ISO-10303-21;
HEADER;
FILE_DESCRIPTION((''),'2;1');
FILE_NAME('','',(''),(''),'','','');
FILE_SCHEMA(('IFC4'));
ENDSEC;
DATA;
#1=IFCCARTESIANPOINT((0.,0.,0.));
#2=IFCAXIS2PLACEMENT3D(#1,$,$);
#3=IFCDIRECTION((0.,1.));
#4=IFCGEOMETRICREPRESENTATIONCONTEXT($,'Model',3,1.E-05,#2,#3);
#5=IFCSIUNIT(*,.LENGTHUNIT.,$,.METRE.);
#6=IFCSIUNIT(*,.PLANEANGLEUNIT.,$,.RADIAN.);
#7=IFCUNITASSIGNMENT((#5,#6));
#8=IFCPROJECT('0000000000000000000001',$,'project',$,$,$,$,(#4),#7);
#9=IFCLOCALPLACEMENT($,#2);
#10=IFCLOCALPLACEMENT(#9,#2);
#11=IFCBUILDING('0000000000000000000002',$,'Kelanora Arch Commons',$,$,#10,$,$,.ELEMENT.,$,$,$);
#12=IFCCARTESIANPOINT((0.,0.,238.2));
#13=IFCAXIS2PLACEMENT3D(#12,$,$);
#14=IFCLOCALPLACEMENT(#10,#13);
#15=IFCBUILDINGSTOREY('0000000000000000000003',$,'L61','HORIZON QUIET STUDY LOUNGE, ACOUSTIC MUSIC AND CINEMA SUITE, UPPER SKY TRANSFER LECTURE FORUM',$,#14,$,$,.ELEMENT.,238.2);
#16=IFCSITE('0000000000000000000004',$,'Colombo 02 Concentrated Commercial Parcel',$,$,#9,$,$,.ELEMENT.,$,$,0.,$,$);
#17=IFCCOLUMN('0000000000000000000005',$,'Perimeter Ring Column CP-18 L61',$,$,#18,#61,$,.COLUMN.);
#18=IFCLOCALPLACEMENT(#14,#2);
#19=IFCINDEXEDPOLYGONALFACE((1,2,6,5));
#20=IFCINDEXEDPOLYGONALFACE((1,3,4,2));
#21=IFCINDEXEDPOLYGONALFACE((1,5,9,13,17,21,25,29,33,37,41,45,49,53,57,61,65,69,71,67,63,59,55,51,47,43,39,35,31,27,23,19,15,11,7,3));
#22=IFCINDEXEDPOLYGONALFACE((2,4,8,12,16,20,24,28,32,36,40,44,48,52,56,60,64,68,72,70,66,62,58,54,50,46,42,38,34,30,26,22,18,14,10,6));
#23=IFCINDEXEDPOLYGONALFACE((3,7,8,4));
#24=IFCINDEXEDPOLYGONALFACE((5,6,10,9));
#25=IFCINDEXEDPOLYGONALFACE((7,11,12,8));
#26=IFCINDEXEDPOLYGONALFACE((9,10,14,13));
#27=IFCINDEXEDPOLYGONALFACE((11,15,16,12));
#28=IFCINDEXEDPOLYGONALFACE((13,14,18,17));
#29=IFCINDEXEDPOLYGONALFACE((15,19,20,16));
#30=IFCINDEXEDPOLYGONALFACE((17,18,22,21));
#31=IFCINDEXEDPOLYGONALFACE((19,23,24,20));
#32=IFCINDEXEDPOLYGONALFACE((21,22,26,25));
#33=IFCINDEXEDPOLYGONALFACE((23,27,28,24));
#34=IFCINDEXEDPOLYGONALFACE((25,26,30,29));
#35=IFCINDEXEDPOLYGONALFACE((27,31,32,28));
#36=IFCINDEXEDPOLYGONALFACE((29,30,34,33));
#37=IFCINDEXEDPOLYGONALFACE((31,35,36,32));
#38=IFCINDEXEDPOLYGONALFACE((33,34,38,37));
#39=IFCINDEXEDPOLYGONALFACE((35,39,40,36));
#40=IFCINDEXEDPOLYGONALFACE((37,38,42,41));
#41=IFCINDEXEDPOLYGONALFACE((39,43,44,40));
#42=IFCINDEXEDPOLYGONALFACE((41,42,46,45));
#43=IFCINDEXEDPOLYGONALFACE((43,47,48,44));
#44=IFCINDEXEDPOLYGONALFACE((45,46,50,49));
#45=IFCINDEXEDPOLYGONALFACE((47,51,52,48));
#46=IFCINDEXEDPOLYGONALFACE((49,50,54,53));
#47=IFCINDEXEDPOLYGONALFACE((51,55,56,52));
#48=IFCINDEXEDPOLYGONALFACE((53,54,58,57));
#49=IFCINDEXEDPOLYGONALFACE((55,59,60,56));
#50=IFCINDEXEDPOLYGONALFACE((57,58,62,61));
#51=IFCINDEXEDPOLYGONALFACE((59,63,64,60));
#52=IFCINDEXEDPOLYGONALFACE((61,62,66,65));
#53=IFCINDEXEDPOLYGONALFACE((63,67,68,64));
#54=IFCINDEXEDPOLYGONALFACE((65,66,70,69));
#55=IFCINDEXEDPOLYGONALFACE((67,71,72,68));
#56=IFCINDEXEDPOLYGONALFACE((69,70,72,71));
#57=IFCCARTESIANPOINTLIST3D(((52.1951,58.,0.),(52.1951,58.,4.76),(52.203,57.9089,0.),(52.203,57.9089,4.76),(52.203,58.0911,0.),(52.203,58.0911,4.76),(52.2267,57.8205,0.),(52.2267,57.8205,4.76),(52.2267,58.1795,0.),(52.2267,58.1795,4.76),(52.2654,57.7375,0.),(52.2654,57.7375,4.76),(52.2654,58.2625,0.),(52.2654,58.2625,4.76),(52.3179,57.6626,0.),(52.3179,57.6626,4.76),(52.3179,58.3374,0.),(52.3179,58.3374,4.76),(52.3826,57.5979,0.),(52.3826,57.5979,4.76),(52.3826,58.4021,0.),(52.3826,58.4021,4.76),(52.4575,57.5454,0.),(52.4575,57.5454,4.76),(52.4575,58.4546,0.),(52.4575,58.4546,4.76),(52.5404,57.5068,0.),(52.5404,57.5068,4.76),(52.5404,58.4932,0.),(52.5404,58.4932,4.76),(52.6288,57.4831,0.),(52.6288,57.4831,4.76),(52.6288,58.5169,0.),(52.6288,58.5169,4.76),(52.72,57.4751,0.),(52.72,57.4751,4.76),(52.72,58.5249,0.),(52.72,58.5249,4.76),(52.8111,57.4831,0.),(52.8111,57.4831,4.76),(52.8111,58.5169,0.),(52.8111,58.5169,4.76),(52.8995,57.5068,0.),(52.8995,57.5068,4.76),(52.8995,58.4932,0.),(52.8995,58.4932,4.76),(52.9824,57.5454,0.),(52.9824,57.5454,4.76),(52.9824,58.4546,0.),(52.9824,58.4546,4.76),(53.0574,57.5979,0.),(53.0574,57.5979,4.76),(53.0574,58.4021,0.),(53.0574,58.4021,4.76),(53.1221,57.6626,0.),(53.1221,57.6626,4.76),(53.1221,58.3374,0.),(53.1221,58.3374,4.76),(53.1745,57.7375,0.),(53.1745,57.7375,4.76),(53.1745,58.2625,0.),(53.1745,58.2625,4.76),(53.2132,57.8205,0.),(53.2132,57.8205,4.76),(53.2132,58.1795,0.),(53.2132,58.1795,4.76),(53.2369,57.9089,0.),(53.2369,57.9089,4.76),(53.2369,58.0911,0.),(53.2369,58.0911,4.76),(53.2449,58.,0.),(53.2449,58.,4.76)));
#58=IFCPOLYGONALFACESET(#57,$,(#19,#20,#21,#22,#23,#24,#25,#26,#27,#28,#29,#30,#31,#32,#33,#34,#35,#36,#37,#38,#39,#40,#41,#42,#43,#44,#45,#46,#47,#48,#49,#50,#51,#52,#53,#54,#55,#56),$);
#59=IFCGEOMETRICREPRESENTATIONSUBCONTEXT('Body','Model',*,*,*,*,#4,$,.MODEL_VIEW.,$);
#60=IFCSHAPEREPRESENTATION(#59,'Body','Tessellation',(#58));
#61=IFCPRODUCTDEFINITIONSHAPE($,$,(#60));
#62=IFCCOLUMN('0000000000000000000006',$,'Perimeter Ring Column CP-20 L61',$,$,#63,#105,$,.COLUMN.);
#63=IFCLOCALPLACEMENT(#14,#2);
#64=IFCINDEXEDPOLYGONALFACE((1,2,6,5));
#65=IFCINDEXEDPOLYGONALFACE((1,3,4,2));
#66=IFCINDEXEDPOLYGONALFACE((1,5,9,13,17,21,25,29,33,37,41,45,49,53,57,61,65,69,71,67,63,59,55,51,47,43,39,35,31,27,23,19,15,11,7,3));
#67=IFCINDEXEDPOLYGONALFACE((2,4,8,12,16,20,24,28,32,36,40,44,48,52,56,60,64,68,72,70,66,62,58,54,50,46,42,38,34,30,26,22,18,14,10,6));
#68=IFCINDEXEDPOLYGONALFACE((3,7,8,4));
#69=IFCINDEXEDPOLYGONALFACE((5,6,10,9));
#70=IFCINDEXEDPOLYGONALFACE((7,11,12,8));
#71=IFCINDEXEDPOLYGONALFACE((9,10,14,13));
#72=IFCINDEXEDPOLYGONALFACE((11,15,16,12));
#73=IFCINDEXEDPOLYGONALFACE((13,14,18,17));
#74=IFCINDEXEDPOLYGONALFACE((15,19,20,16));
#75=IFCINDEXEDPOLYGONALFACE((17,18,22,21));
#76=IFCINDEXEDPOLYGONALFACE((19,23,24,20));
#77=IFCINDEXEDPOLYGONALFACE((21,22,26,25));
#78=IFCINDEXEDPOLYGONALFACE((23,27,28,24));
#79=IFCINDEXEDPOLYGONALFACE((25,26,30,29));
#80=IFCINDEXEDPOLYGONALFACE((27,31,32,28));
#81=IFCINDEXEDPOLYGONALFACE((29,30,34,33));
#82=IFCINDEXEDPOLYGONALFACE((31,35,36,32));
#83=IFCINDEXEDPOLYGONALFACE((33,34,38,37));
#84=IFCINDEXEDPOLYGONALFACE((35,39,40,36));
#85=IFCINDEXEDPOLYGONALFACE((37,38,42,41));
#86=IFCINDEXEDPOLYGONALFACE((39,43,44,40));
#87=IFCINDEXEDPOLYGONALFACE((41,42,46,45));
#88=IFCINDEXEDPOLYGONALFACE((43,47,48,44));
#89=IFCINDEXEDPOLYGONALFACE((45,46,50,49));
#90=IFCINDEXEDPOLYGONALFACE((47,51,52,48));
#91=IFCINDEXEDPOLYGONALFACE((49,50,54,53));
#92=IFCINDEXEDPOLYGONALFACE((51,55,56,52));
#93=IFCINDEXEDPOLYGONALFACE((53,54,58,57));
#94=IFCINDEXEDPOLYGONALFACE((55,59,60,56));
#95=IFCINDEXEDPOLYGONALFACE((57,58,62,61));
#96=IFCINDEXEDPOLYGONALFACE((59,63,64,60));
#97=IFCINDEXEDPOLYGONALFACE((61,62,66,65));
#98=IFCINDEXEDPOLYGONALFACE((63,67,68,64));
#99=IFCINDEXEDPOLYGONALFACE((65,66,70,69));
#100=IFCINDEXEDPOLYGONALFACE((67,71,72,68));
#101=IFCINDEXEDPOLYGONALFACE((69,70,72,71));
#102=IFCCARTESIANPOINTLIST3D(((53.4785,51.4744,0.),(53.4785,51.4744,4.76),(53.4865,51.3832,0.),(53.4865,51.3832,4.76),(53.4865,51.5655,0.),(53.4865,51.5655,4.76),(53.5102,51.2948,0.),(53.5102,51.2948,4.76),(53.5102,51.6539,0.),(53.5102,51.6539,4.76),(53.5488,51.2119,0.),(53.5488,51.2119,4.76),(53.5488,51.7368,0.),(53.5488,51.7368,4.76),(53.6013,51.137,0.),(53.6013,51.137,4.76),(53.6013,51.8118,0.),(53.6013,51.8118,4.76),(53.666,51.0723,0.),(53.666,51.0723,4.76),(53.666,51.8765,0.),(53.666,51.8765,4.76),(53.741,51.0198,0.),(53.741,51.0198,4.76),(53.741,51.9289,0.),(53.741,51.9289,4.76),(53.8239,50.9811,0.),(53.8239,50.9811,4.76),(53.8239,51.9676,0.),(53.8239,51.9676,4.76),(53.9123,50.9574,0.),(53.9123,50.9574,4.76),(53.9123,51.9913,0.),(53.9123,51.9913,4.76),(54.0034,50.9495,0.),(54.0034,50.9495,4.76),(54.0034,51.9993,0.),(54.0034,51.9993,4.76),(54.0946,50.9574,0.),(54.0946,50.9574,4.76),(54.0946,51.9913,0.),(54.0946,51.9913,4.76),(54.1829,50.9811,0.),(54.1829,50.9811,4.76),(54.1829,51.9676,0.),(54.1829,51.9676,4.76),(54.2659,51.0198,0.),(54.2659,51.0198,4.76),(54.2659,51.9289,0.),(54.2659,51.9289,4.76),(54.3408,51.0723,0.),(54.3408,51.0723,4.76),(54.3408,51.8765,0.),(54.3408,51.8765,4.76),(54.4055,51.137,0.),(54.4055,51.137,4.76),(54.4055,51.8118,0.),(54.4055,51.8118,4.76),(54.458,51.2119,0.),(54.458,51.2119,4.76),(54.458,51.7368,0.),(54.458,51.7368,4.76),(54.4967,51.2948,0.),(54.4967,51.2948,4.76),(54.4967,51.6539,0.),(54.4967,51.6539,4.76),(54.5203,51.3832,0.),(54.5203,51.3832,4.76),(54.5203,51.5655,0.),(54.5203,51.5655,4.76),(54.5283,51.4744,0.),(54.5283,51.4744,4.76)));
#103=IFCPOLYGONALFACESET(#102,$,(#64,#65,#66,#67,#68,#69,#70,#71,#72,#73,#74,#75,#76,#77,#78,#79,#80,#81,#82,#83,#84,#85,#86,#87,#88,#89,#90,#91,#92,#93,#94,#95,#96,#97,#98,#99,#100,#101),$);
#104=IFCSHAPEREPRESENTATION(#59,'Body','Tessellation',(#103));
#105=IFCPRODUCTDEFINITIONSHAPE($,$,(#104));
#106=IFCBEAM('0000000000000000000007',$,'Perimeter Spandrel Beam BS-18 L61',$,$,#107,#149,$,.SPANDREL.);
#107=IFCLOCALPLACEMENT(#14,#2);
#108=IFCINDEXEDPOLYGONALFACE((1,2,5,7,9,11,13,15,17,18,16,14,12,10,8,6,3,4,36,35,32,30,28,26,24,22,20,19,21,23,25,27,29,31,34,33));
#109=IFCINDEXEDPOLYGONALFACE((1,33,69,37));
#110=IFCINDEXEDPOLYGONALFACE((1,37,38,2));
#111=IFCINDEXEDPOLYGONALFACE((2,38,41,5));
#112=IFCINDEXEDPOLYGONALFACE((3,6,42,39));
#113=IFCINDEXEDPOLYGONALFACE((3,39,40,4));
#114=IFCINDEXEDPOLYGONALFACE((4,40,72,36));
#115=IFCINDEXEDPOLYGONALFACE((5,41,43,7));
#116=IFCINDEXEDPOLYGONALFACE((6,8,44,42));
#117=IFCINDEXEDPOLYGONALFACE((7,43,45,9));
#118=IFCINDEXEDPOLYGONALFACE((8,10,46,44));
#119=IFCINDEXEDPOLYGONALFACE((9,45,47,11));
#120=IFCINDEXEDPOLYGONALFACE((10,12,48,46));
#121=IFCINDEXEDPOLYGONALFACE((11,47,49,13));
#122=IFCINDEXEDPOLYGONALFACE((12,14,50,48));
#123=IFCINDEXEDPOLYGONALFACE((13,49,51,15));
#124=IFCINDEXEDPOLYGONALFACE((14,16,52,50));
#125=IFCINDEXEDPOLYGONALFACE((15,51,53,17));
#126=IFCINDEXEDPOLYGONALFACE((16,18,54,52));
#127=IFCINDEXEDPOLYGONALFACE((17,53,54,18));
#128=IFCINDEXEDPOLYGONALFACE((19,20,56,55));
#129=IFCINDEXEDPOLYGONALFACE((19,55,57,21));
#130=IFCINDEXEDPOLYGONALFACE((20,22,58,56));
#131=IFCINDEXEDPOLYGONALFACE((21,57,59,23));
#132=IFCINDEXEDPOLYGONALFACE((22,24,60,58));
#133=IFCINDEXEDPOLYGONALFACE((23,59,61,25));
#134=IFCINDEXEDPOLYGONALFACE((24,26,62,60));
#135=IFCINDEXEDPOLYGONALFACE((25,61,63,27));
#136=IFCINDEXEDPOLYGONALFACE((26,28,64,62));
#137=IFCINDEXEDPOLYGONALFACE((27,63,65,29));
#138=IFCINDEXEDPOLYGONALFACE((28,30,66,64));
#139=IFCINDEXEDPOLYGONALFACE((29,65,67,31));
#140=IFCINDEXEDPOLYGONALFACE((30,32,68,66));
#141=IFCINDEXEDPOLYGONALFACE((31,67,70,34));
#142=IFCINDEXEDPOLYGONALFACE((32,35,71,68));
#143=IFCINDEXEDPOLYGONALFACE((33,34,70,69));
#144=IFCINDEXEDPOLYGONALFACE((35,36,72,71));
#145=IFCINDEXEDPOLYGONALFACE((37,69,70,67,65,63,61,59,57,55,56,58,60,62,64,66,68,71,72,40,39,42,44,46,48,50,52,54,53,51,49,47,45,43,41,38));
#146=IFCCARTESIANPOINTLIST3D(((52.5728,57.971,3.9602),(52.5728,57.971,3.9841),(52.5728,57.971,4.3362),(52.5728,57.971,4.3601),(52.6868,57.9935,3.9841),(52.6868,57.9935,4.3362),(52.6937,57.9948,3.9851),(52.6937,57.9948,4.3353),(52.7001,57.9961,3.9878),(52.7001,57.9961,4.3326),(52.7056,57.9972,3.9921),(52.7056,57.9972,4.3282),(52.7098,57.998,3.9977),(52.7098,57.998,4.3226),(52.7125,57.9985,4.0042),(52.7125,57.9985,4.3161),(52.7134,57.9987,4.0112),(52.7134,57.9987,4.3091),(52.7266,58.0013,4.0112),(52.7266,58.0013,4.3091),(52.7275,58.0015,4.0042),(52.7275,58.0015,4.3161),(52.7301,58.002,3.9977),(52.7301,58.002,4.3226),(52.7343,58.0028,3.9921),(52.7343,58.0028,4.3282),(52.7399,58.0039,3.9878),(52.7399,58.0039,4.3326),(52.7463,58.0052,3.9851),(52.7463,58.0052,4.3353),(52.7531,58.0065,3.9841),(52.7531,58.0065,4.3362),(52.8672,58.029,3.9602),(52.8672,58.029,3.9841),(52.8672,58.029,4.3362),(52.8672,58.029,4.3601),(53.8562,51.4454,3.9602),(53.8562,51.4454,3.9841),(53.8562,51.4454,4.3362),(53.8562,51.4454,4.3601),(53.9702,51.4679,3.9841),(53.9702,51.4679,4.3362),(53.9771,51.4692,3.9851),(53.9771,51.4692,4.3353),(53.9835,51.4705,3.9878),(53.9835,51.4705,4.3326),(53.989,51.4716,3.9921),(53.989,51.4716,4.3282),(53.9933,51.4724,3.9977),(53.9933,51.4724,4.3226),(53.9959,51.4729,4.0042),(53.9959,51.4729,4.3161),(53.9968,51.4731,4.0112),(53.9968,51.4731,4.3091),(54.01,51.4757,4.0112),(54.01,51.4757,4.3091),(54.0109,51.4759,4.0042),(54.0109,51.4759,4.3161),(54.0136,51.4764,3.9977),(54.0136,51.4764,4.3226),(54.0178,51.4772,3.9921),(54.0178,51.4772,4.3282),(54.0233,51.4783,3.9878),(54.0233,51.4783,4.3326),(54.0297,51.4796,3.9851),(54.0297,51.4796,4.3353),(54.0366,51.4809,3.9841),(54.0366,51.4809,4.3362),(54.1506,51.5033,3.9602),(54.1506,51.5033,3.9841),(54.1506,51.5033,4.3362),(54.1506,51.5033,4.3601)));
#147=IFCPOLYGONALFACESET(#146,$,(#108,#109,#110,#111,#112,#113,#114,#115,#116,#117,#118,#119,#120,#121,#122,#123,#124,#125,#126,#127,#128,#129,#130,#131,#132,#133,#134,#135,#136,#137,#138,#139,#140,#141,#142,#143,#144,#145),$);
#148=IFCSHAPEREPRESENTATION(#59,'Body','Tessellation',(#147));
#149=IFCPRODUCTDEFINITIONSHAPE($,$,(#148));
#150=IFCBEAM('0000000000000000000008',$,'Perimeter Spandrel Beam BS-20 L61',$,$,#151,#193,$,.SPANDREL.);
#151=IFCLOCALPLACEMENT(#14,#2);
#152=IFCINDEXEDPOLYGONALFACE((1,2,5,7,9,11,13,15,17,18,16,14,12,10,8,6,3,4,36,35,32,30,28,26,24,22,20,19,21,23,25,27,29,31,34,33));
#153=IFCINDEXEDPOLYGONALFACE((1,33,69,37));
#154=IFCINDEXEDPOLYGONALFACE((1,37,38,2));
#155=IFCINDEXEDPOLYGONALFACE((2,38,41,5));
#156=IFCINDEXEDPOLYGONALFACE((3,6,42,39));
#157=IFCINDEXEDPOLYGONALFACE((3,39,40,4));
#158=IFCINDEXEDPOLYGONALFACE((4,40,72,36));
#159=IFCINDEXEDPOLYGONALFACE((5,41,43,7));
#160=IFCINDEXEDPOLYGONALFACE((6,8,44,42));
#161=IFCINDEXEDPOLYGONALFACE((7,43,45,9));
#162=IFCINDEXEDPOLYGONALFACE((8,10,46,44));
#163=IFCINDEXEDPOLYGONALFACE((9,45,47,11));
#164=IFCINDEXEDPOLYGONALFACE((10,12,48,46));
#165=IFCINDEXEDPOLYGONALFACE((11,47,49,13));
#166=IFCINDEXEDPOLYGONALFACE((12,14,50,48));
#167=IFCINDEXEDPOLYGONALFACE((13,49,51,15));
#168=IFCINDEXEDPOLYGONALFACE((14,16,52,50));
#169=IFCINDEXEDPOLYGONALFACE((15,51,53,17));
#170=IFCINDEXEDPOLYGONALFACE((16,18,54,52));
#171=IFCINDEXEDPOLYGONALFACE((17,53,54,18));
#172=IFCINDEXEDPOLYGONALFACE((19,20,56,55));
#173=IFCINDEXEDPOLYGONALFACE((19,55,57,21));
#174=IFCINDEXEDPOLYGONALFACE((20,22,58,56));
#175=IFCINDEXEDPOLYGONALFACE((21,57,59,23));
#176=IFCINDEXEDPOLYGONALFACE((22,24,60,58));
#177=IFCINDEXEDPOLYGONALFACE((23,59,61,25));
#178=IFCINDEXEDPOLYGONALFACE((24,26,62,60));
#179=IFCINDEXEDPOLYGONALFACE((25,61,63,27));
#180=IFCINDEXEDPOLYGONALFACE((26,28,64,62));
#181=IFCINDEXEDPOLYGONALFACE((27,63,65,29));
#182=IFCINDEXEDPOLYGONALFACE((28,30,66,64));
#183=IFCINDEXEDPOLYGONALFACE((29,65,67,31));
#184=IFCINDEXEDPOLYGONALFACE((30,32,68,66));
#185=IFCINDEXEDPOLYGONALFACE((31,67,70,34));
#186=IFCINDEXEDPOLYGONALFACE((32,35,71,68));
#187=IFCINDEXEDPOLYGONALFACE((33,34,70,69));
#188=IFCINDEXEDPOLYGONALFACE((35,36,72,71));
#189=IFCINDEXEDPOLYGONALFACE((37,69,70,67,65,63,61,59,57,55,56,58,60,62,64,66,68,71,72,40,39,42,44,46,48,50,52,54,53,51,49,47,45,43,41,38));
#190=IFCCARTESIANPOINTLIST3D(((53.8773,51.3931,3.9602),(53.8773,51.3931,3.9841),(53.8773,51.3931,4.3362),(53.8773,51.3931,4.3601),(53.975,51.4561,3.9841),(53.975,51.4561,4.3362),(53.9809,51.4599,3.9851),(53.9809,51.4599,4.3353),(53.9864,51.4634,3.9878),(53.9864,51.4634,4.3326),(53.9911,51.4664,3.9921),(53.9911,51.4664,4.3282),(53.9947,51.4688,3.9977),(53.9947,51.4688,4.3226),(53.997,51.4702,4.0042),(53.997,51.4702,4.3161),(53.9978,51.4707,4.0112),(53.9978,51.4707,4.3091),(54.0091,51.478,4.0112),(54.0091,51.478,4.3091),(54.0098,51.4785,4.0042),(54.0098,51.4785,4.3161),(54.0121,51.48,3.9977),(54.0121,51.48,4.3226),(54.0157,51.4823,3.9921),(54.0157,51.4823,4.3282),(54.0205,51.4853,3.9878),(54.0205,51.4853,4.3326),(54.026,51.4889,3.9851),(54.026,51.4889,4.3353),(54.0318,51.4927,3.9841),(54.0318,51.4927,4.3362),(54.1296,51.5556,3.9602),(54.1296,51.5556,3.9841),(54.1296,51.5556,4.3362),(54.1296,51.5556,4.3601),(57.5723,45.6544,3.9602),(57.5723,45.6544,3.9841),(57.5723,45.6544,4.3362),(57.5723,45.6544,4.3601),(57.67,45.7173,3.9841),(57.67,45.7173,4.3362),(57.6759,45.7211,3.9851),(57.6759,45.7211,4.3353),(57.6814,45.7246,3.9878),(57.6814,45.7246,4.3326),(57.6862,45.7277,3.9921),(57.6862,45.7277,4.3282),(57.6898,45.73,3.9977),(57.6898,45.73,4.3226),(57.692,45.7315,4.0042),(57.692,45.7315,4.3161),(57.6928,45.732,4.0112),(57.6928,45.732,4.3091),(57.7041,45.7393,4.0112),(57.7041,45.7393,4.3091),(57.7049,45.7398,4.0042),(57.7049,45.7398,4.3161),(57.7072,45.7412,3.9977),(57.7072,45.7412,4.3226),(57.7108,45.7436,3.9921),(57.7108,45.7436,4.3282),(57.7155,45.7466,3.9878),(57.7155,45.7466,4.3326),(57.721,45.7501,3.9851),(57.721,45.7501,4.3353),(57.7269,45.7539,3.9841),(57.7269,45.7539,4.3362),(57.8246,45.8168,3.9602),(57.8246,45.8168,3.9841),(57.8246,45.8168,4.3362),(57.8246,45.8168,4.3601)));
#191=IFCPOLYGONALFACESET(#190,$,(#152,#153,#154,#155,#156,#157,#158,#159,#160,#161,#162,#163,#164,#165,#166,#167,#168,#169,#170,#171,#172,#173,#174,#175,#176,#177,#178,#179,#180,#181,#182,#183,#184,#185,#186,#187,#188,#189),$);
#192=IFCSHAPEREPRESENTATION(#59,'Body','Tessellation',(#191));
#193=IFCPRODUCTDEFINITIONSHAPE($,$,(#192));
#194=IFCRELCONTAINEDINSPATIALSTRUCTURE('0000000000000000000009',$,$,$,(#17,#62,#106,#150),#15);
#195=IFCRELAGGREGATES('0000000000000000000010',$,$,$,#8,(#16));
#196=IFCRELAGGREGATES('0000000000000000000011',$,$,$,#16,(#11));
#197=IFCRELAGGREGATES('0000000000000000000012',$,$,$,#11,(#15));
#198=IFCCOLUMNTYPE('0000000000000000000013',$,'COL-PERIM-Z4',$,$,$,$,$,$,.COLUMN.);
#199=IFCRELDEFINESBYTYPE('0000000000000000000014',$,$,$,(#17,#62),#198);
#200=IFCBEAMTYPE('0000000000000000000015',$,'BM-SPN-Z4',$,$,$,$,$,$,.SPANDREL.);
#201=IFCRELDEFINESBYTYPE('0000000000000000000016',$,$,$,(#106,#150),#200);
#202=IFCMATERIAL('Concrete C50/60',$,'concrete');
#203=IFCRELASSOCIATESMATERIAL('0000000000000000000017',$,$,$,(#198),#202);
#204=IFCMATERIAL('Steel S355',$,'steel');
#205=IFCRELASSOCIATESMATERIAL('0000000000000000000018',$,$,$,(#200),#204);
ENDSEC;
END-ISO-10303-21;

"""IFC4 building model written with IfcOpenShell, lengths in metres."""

from ifc_helpers import new_model, si_unit, direction, frame, origin, origin_2d, place, context, subcontext, project, spatial, circle, i_section, extrude, material, material_profile, profile_set, type_object, element, save


model = new_model("IFC4")

# Units and contexts
model_context = context("Model", 3, precision=1e-05, world=origin(), true_north=direction((0.0, 1.0)))
body_context = subcontext(model_context, "Body", "Model", "MODEL_VIEW")
ifc_project = project(units=[si_unit("LENGTHUNIT", "METRE"), si_unit("PLANEANGLEUNIT", "RADIAN")], contexts=[model_context])

# Site, building, storey
site_placement = place(None, origin())
site = spatial("IfcSite", under=ifc_project, at=site_placement, Name="Colombo 02 Concentrated Commercial Parcel", CompositionType="ELEMENT", RefElevation=0.0)
building_placement = place(site_placement, origin())
building = spatial("IfcBuilding", under=site, at=building_placement, Name="Kelanora Arch Commons", CompositionType="ELEMENT")
storey_placement = place(building_placement, frame((0.0, 0.0, 238.2)))
storey = spatial("IfcBuildingStorey", under=building, at=storey_placement, Name="L61", Description="HORIZON QUIET STUDY LOUNGE, ACOUSTIC MUSIC AND CINEMA SUITE, UPPER SKY TRANSFER LECTURE FORUM", CompositionType="ELEMENT", Elevation=238.2)

# Columns
ifc_material_1 = material(Name="Concrete C50/60", Category="concrete")
ifc_material_profile_1 = material_profile(ifc_material_1, circle(Radius=0.5249, at=origin_2d()), Name="RCC1050")
ifc_profile_set_1 = profile_set([ifc_material_profile_1], Name="Concrete C50/60")
column_type = type_object("IfcColumnType", Name="COL-PERIM-Z4", PredefinedType="COLUMN", material=ifc_profile_set_1)
for number, where, z_axis, x_axis, name in (
    (1, (52.72, 58.0, 0.0), (0.0, 0.0, 1.0), (1.0, 0.0, 0.0), "Perimeter Ring Column CP-18 L61"),
    (2, (54.0034, 51.4744, 0.0), (0.0, 0.0, 1.0), (1.0, 0.0, 0.0), "Perimeter Ring Column CP-20 L61"),
):
    element("IfcColumn", number, at=place(storey_placement, frame(where, z_axis=z_axis, x_axis=x_axis)), inside=storey, type_object=column_type, Name=name, PredefinedType="COLUMN", context=body_context, shape_type="SweptSolid", body=[
        extrude(circle(Radius=0.5249, at=origin_2d()), origin(), (0.0, 0.0, 1.0), 4.76),
    ])

# Beams
ifc_material_2 = material(Name="Steel S355", Category="steel")
ifc_material_profile_2 = material_profile(ifc_material_2, i_section(OverallWidth=0.3, OverallDepth=0.3999, WebThickness=0.0134, FlangeThickness=0.0239, FilletRadius=0.0271, at=origin_2d()), Name="HEB400")
ifc_profile_set_2 = profile_set([ifc_material_profile_2], Name="Steel S355")
beam_type = type_object("IfcBeamType", Name="BM-SPN-Z4", PredefinedType="SPANDREL", material=ifc_profile_set_2)
beam_1_placement = place(storey_placement, frame((52.72, 58.0, 4.1602), z_axis=(0.192981, -0.981203, 0.0), x_axis=(0.981203, 0.192981, 0.0)))
element("IfcBeam", 3, at=beam_1_placement, inside=storey, type_object=beam_type, Name="Perimeter Spandrel Beam BS-18 L61", PredefinedType="SPANDREL", context=body_context, shape_type="SweptSolid", body=[
    extrude(i_section(OverallWidth=0.3, OverallDepth=0.3999, WebThickness=0.0134, FlangeThickness=0.0239, FilletRadius=0.0271, at=origin_2d()), origin(), (0.0, 0.0, 1.0), 6.6506),
])
beam_2_placement = place(storey_placement, frame((54.0034, 51.4744, 4.1602), z_axis=(0.541365, -0.840788, 0.0), x_axis=(0.840788, 0.541365, 0.0)))
element("IfcBeam", 4, at=beam_2_placement, inside=storey, type_object=beam_type, Name="Perimeter Spandrel Beam BS-20 L61", PredefinedType="SPANDREL", context=body_context, shape_type="SweptSolid", body=[
    extrude(i_section(OverallWidth=0.3, OverallDepth=0.3999, WebThickness=0.0134, FlangeThickness=0.0239, FilletRadius=0.0271, at=origin_2d()), origin(), (0.0, 0.0, 1.0), 6.8254),
])

save(model, "model.ifc")
